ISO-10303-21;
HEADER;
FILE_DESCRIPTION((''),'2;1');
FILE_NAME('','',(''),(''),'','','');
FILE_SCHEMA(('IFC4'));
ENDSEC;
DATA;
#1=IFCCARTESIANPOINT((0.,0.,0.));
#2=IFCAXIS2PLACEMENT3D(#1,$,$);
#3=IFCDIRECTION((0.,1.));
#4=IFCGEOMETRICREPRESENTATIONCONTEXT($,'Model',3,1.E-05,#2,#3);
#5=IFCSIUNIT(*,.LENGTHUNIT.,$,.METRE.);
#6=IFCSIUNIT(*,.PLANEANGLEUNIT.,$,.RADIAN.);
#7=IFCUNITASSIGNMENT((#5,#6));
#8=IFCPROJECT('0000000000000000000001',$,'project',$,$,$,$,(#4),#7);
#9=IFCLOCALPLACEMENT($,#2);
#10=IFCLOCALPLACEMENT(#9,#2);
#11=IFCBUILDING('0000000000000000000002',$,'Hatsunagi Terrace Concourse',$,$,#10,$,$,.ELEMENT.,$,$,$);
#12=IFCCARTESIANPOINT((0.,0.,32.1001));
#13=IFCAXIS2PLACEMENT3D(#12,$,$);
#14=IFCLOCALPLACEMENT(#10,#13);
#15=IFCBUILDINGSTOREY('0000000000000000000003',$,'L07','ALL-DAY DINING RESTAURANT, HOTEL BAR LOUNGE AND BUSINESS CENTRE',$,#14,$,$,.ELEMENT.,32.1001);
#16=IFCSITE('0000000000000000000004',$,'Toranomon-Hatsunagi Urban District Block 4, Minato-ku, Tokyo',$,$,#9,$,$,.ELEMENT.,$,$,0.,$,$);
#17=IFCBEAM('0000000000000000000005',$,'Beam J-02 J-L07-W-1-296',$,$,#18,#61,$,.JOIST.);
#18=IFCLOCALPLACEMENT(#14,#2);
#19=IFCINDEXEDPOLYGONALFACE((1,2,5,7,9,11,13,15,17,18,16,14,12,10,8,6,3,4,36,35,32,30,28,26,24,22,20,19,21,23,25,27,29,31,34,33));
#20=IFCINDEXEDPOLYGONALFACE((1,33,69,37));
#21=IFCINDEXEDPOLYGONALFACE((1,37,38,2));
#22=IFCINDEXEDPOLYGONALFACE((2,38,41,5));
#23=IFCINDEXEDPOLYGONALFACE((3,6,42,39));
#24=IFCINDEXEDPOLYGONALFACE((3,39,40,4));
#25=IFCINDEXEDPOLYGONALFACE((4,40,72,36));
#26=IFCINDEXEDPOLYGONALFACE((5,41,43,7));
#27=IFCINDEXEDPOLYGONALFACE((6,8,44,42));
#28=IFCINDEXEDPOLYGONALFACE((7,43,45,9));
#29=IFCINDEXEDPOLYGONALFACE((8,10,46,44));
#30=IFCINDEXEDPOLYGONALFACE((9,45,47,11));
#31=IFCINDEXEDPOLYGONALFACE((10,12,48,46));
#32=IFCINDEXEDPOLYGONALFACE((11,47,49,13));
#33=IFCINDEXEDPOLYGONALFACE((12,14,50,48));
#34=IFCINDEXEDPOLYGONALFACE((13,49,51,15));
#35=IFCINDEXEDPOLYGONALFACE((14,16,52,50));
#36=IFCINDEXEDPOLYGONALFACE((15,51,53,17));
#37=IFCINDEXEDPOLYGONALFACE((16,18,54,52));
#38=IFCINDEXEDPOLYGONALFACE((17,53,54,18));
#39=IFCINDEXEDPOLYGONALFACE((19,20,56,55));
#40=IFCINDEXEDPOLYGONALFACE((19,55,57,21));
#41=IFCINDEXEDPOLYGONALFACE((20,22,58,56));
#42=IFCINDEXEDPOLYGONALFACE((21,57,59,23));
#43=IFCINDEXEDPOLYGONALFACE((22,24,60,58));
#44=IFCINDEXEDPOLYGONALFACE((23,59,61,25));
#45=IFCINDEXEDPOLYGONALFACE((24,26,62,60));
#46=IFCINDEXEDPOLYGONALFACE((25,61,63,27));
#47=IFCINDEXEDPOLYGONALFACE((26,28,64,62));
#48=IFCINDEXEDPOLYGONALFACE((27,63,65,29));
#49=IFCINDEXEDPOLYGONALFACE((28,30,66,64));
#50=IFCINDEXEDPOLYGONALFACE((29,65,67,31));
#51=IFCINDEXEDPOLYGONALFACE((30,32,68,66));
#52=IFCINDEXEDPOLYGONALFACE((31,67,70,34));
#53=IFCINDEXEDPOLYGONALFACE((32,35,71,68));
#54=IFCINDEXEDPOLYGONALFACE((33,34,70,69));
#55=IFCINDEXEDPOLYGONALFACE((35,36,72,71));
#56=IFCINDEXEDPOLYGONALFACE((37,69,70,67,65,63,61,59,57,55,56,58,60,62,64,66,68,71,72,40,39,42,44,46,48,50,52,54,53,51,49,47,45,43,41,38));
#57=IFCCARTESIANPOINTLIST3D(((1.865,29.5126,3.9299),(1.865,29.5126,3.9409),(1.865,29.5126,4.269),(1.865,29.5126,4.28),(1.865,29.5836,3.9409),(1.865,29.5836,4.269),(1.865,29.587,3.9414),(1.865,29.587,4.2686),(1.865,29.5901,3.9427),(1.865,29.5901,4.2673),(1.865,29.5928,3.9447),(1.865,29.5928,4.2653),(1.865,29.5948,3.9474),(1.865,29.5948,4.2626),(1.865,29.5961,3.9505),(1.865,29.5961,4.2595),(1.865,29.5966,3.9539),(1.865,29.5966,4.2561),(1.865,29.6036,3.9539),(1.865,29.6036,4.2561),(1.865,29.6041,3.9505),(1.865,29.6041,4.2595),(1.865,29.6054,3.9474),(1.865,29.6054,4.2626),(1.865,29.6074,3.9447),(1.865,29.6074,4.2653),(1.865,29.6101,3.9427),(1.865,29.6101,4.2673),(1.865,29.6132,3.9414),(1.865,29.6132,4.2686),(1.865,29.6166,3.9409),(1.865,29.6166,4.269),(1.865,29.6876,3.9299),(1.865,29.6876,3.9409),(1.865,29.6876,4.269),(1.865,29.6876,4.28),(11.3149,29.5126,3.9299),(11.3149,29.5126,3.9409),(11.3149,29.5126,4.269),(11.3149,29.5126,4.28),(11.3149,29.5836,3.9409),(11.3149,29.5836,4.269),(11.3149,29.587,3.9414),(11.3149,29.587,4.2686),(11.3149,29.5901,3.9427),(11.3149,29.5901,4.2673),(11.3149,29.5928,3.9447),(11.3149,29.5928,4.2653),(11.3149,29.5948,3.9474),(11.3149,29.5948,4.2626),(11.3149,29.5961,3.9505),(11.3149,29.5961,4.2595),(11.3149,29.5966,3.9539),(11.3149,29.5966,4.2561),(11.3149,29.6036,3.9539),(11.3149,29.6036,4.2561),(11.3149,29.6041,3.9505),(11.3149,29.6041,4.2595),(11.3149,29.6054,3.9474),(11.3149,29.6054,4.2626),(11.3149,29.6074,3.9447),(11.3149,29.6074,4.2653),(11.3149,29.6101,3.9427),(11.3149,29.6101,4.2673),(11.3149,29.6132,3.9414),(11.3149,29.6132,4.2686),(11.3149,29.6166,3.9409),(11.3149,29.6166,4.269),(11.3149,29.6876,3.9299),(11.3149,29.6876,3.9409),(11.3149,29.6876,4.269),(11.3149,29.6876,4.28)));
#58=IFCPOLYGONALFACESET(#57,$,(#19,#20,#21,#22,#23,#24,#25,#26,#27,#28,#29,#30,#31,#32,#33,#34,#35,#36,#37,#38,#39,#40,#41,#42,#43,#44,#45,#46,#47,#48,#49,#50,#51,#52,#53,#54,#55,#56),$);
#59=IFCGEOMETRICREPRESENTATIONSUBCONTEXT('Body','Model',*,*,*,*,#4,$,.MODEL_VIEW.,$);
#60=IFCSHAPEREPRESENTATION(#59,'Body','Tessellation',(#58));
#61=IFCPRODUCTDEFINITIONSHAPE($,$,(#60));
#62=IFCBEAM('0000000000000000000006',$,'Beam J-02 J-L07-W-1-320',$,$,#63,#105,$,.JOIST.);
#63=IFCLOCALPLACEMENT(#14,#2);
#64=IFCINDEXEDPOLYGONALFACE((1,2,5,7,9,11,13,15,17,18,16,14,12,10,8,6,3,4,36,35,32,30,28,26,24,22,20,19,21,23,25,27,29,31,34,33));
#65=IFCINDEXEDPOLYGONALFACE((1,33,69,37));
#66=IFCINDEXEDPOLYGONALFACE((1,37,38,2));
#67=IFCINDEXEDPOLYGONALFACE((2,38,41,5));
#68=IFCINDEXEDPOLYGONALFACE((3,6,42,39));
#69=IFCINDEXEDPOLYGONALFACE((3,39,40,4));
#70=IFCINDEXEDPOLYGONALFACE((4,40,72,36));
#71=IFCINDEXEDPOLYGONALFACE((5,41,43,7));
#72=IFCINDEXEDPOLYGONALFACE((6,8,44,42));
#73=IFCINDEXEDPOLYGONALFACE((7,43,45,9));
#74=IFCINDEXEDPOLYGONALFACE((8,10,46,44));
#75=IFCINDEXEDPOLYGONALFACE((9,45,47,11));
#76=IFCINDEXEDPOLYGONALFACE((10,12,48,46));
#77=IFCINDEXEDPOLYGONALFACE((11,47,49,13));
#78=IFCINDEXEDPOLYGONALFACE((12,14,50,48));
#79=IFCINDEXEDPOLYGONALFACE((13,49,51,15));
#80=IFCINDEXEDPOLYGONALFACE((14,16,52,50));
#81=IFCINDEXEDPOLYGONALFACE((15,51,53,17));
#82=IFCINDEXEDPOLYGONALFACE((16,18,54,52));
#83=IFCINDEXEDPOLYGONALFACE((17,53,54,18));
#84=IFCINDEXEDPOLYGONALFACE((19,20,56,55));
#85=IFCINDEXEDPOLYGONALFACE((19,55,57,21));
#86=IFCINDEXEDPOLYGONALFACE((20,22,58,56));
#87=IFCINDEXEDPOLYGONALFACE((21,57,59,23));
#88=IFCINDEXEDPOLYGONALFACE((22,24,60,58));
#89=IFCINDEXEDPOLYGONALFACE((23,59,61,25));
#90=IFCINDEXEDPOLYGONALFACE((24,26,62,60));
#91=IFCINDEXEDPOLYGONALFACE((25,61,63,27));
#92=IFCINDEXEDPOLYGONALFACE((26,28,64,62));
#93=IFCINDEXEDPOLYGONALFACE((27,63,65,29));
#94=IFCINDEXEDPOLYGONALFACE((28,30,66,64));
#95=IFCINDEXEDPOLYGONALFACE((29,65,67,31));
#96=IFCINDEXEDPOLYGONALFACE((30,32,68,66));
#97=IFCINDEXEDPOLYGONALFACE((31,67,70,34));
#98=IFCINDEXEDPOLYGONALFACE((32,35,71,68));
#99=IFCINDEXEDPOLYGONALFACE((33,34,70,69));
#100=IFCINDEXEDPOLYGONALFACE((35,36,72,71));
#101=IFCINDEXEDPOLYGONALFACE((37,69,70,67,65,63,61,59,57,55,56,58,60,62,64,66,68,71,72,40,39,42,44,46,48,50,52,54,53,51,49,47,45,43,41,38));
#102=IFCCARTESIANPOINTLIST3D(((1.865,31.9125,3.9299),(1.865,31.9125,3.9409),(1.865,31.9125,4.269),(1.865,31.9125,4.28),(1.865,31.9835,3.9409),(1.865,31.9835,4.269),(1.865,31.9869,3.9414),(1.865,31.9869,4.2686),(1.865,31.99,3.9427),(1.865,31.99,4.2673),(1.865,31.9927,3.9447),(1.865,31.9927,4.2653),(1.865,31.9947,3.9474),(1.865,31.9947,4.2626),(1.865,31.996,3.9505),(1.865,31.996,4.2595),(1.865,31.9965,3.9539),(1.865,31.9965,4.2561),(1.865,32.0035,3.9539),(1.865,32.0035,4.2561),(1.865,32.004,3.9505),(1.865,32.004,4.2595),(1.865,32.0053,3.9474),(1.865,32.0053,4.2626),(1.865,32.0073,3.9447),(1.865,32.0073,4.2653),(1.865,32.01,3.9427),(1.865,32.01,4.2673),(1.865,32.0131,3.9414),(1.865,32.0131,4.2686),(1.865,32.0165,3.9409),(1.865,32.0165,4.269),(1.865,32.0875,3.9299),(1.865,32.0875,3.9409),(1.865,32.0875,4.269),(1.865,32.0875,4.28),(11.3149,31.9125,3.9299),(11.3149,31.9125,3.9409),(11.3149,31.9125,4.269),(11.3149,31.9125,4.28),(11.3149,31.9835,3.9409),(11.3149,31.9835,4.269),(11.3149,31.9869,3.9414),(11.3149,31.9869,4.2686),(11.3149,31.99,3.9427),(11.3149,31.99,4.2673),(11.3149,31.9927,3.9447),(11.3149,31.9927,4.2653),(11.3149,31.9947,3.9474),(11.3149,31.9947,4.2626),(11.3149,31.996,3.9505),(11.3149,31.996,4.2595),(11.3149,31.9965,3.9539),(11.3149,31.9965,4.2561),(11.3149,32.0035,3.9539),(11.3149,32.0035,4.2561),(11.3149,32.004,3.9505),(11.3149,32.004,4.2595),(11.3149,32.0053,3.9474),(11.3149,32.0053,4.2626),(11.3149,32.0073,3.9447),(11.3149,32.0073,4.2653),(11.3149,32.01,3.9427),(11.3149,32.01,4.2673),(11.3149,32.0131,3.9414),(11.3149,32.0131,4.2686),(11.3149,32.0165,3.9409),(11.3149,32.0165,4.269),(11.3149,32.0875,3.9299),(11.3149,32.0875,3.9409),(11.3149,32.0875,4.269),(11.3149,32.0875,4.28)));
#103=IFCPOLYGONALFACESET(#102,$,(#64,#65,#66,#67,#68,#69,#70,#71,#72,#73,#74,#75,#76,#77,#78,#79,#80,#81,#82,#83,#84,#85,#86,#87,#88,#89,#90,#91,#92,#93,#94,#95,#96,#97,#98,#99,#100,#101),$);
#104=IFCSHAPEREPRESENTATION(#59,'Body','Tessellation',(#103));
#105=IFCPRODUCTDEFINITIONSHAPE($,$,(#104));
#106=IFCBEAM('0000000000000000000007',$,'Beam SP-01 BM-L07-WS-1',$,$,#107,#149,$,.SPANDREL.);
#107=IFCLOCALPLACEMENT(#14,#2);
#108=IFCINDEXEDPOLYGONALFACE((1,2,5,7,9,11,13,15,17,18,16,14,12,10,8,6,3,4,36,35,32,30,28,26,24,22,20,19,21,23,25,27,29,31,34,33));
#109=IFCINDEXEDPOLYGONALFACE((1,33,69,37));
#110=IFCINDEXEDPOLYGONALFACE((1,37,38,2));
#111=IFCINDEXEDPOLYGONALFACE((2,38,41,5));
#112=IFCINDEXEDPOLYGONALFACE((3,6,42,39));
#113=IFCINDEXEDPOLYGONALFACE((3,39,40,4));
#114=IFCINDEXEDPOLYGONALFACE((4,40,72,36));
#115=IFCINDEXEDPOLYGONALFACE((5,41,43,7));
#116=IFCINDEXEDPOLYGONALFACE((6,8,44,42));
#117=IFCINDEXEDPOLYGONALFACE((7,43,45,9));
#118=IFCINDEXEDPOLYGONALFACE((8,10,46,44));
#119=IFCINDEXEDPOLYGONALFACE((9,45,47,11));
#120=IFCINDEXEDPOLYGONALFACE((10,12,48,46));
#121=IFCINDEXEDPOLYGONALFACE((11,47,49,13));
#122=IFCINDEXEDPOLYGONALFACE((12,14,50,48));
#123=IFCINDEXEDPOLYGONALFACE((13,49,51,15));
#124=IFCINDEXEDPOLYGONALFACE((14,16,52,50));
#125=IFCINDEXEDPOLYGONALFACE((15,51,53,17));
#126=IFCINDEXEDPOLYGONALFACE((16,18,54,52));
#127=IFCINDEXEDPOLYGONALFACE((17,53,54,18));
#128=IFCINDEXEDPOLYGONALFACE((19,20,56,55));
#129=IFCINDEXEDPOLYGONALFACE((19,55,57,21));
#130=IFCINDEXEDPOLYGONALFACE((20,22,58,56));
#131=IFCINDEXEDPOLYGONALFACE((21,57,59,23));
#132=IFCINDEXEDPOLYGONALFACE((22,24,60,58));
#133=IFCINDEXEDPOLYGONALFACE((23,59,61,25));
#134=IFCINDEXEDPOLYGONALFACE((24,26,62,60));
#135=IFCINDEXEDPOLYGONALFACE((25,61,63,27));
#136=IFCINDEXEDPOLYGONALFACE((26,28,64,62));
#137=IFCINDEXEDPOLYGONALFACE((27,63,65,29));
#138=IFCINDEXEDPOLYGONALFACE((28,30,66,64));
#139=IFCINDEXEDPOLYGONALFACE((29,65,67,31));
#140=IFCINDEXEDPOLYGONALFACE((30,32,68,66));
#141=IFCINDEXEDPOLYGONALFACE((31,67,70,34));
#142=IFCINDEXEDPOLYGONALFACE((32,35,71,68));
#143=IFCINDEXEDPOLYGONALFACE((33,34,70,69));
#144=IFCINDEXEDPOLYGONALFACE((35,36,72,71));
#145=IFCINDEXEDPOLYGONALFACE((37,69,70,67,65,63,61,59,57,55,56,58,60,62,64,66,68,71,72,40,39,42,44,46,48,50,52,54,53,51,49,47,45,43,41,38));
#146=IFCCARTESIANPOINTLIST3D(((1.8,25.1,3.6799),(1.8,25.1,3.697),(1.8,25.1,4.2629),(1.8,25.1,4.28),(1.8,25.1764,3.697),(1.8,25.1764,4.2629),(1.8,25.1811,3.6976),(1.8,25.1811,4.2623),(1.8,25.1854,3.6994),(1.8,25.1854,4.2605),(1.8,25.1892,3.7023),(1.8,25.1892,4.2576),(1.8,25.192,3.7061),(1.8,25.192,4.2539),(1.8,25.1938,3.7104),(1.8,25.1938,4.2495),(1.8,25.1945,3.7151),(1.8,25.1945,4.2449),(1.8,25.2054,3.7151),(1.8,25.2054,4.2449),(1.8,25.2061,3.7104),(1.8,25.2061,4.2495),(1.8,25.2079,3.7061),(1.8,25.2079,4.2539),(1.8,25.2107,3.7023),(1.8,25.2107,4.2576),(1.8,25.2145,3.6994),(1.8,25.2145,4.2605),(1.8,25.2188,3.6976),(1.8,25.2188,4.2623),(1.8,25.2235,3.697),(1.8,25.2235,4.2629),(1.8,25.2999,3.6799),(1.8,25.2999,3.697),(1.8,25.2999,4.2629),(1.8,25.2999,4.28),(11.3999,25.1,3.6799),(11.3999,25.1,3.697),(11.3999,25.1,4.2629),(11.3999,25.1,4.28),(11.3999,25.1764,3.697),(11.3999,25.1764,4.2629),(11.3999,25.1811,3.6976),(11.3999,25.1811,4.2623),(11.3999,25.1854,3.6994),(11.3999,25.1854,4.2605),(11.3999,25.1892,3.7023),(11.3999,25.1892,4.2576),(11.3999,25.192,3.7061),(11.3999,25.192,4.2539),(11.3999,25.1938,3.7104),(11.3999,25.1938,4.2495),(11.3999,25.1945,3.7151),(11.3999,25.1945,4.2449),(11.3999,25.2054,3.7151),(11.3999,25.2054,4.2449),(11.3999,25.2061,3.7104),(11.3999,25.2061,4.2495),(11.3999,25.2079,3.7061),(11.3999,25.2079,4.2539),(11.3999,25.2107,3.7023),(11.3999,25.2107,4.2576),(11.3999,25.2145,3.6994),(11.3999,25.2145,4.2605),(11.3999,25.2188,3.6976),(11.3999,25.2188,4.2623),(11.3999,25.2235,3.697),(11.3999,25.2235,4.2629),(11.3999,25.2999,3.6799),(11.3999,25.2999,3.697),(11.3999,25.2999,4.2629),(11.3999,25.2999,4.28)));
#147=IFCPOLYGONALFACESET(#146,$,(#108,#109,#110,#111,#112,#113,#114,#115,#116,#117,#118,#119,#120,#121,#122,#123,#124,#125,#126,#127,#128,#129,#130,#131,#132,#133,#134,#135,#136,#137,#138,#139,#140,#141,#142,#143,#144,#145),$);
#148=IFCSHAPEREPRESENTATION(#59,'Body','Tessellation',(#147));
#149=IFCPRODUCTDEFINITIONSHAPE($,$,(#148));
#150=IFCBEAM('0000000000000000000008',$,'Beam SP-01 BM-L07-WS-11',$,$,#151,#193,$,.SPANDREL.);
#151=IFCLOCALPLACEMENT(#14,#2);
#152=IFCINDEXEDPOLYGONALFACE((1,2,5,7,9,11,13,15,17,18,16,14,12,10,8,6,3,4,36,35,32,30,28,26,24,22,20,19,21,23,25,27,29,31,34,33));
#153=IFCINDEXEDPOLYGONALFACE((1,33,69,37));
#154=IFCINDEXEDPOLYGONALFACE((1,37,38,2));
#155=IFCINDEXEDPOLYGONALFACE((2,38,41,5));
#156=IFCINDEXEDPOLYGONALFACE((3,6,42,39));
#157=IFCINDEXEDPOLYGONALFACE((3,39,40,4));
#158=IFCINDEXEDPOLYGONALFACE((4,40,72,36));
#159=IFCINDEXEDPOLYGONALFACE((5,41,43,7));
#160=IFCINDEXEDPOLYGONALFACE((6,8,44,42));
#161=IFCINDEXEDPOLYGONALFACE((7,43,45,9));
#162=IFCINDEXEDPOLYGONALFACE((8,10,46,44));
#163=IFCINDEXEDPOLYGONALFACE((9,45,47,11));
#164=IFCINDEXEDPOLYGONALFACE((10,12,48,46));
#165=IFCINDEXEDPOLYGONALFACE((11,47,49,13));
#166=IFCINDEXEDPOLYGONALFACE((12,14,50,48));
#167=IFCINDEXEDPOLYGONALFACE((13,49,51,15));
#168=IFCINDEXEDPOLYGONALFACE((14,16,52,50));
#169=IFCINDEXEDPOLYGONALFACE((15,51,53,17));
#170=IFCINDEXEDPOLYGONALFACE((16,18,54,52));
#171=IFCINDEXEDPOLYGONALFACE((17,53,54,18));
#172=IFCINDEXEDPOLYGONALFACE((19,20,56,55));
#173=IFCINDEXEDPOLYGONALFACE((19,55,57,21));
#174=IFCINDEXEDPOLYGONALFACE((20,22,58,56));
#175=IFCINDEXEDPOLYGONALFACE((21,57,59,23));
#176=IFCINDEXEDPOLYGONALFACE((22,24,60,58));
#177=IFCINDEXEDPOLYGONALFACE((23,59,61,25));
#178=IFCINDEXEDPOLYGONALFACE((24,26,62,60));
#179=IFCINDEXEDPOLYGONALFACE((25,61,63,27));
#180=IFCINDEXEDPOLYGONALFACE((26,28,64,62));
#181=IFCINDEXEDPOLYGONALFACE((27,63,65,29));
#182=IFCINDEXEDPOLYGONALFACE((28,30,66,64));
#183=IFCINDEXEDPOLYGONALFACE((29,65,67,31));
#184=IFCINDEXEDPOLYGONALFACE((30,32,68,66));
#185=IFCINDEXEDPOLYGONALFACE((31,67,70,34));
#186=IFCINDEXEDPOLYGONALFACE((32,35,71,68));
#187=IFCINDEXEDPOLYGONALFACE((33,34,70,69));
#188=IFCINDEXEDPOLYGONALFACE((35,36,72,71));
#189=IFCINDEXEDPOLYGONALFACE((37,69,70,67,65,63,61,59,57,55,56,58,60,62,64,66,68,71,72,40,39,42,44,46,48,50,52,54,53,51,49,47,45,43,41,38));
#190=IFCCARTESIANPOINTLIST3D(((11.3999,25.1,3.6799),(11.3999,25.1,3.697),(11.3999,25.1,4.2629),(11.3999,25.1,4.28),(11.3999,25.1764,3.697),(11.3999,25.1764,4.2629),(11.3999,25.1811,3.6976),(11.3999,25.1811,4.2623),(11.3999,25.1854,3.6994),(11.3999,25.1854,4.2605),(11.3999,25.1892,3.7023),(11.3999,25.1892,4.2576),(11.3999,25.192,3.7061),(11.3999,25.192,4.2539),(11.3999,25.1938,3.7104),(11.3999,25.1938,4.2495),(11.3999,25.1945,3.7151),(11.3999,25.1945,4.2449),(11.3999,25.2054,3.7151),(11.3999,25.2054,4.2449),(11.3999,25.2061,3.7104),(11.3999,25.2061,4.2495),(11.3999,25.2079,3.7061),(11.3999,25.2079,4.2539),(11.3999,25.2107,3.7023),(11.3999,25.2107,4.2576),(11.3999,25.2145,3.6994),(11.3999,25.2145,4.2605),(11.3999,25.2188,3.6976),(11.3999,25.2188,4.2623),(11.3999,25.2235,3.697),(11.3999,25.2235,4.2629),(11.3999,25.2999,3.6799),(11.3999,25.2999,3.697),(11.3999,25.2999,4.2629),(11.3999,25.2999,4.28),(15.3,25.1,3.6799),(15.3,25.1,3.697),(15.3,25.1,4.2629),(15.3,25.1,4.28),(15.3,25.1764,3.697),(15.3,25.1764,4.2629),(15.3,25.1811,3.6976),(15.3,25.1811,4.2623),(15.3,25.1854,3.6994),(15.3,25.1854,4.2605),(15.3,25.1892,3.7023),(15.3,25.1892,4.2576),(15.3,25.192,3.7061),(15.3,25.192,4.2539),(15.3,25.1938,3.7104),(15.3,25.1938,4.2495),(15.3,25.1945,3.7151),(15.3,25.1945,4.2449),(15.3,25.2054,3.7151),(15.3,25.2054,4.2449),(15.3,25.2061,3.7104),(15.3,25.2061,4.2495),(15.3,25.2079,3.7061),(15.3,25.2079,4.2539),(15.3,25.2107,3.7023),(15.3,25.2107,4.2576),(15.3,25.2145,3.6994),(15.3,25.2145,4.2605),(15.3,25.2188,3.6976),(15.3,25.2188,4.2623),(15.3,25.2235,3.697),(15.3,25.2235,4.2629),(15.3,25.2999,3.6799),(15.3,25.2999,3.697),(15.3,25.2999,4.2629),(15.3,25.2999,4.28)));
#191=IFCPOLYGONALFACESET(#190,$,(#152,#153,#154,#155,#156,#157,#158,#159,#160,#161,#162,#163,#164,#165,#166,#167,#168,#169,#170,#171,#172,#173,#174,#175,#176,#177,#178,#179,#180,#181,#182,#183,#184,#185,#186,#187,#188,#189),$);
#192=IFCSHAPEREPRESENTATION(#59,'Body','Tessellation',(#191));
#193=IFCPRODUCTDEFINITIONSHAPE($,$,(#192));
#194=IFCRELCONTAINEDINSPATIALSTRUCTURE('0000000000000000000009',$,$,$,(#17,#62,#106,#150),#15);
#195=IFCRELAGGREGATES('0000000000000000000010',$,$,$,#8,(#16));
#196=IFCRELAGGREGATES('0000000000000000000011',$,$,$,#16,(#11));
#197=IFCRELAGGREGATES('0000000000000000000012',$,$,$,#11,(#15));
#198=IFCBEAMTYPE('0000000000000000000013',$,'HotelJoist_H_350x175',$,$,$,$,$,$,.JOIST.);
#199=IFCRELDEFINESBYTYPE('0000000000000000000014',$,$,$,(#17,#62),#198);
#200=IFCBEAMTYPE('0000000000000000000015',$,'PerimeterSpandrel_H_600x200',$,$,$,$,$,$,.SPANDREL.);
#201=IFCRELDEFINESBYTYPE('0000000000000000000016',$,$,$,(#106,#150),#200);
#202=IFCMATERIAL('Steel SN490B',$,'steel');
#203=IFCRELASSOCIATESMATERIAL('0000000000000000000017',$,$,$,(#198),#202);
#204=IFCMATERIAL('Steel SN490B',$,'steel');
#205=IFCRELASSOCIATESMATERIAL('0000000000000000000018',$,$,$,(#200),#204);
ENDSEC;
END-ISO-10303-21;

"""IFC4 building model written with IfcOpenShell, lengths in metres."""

from ifc_helpers import new_model, si_unit, direction, frame, origin, origin_2d, place, context, subcontext, project, spatial, i_section, extrude, material, material_profile, profile_set, type_object, element, save


model = new_model("IFC4")

# Units and contexts
model_context = context("Model", 3, precision=1e-05, world=origin(), true_north=direction((0.0, 1.0)))
body_context = subcontext(model_context, "Body", "Model", "MODEL_VIEW")
ifc_project = project(units=[si_unit("LENGTHUNIT", "METRE"), si_unit("PLANEANGLEUNIT", "RADIAN")], contexts=[model_context])

# Site, building, storey
site_placement = place(None, origin())
site = spatial("IfcSite", under=ifc_project, at=site_placement, Name="Toranomon-Hatsunagi Urban District Block 4, Minato-ku, Tokyo", CompositionType="ELEMENT", RefElevation=0.0)
building_placement = place(site_placement, origin())
building = spatial("IfcBuilding", under=site, at=building_placement, Name="Hatsunagi Terrace Concourse", CompositionType="ELEMENT")
storey_placement = place(building_placement, frame((0.0, 0.0, 32.1001)))
storey = spatial("IfcBuildingStorey", under=building, at=storey_placement, Name="L07", Description="ALL-DAY DINING RESTAURANT, HOTEL BAR LOUNGE AND BUSINESS CENTRE", CompositionType="ELEMENT", Elevation=32.1001)

# Beams
ifc_material_1 = material(Name="Steel SN490B", Category="steel")
ifc_material_profile_1 = material_profile(ifc_material_1, i_section(OverallWidth=0.175, OverallDepth=0.3501, WebThickness=0.0071, FlangeThickness=0.011, FilletRadius=0.0129, at=origin_2d()), Name="H-350x175x7x11")
ifc_profile_set_1 = profile_set([ifc_material_profile_1], Name="Steel SN490B")
beam_type_1 = type_object("IfcBeamType", Name="HotelJoist_H_350x175", PredefinedType="JOIST", material=ifc_profile_set_1)
for number, where, z_axis, x_axis, name in (
    (1, (1.865, 29.6001, 4.105), (1.0, 0.0, 0.0), (0.0, 1.0, 0.0), "Beam J-02 J-L07-W-1-296"),
    (2, (1.865, 32.0, 4.105), (1.0, 0.0, 0.0), (0.0, 1.0, 0.0), "Beam J-02 J-L07-W-1-320"),
):
    element("IfcBeam", number, at=place(storey_placement, frame(where, z_axis=z_axis, x_axis=x_axis)), inside=storey, type_object=beam_type_1, Name=name, PredefinedType="JOIST", context=body_context, shape_type="SweptSolid", body=[
        extrude(i_section(OverallWidth=0.175, OverallDepth=0.3501, WebThickness=0.0071, FlangeThickness=0.011, FilletRadius=0.0129, at=origin_2d()), origin(), (0.0, 0.0, 1.0), 9.45),
    ])
ifc_material_2 = material(Name="Steel SN490B", Category="steel")
ifc_material_profile_2 = material_profile(ifc_material_2, i_section(OverallWidth=0.2, OverallDepth=0.6001, WebThickness=0.011, FlangeThickness=0.0171, FilletRadius=0.0181, at=origin_2d()), Name="H-600x200x11x17")
ifc_profile_set_2 = profile_set([ifc_material_profile_2], Name="Steel SN490B")
beam_type_2 = type_object("IfcBeamType", Name="PerimeterSpandrel_H_600x200", PredefinedType="SPANDREL", material=ifc_profile_set_2)
beam_1_placement = place(storey_placement, frame((1.8, 25.2, 3.98), z_axis=(1.0, 0.0, 0.0), x_axis=(0.0, 1.0, 0.0)))
element("IfcBeam", 3, at=beam_1_placement, inside=storey, type_object=beam_type_2, Name="Beam SP-01 BM-L07-WS-1", PredefinedType="SPANDREL", context=body_context, shape_type="SweptSolid", body=[
    extrude(i_section(OverallWidth=0.2, OverallDepth=0.6001, WebThickness=0.011, FlangeThickness=0.0171, FilletRadius=0.0181, at=origin_2d()), origin(), (0.0, 0.0, 1.0), 9.5999),
])
beam_2_placement = place(storey_placement, frame((11.3999, 25.2, 3.98), z_axis=(1.0, 0.0, 0.0), x_axis=(0.0, 1.0, 0.0)))
element("IfcBeam", 4, at=beam_2_placement, inside=storey, type_object=beam_type_2, Name="Beam SP-01 BM-L07-WS-11", PredefinedType="SPANDREL", context=body_context, shape_type="SweptSolid", body=[
    extrude(i_section(OverallWidth=0.2, OverallDepth=0.6001, WebThickness=0.011, FlangeThickness=0.0171, FilletRadius=0.0181, at=origin_2d()), origin(), (0.0, 0.0, 1.0), 3.9001),
])

save(model, "model.ifc")
